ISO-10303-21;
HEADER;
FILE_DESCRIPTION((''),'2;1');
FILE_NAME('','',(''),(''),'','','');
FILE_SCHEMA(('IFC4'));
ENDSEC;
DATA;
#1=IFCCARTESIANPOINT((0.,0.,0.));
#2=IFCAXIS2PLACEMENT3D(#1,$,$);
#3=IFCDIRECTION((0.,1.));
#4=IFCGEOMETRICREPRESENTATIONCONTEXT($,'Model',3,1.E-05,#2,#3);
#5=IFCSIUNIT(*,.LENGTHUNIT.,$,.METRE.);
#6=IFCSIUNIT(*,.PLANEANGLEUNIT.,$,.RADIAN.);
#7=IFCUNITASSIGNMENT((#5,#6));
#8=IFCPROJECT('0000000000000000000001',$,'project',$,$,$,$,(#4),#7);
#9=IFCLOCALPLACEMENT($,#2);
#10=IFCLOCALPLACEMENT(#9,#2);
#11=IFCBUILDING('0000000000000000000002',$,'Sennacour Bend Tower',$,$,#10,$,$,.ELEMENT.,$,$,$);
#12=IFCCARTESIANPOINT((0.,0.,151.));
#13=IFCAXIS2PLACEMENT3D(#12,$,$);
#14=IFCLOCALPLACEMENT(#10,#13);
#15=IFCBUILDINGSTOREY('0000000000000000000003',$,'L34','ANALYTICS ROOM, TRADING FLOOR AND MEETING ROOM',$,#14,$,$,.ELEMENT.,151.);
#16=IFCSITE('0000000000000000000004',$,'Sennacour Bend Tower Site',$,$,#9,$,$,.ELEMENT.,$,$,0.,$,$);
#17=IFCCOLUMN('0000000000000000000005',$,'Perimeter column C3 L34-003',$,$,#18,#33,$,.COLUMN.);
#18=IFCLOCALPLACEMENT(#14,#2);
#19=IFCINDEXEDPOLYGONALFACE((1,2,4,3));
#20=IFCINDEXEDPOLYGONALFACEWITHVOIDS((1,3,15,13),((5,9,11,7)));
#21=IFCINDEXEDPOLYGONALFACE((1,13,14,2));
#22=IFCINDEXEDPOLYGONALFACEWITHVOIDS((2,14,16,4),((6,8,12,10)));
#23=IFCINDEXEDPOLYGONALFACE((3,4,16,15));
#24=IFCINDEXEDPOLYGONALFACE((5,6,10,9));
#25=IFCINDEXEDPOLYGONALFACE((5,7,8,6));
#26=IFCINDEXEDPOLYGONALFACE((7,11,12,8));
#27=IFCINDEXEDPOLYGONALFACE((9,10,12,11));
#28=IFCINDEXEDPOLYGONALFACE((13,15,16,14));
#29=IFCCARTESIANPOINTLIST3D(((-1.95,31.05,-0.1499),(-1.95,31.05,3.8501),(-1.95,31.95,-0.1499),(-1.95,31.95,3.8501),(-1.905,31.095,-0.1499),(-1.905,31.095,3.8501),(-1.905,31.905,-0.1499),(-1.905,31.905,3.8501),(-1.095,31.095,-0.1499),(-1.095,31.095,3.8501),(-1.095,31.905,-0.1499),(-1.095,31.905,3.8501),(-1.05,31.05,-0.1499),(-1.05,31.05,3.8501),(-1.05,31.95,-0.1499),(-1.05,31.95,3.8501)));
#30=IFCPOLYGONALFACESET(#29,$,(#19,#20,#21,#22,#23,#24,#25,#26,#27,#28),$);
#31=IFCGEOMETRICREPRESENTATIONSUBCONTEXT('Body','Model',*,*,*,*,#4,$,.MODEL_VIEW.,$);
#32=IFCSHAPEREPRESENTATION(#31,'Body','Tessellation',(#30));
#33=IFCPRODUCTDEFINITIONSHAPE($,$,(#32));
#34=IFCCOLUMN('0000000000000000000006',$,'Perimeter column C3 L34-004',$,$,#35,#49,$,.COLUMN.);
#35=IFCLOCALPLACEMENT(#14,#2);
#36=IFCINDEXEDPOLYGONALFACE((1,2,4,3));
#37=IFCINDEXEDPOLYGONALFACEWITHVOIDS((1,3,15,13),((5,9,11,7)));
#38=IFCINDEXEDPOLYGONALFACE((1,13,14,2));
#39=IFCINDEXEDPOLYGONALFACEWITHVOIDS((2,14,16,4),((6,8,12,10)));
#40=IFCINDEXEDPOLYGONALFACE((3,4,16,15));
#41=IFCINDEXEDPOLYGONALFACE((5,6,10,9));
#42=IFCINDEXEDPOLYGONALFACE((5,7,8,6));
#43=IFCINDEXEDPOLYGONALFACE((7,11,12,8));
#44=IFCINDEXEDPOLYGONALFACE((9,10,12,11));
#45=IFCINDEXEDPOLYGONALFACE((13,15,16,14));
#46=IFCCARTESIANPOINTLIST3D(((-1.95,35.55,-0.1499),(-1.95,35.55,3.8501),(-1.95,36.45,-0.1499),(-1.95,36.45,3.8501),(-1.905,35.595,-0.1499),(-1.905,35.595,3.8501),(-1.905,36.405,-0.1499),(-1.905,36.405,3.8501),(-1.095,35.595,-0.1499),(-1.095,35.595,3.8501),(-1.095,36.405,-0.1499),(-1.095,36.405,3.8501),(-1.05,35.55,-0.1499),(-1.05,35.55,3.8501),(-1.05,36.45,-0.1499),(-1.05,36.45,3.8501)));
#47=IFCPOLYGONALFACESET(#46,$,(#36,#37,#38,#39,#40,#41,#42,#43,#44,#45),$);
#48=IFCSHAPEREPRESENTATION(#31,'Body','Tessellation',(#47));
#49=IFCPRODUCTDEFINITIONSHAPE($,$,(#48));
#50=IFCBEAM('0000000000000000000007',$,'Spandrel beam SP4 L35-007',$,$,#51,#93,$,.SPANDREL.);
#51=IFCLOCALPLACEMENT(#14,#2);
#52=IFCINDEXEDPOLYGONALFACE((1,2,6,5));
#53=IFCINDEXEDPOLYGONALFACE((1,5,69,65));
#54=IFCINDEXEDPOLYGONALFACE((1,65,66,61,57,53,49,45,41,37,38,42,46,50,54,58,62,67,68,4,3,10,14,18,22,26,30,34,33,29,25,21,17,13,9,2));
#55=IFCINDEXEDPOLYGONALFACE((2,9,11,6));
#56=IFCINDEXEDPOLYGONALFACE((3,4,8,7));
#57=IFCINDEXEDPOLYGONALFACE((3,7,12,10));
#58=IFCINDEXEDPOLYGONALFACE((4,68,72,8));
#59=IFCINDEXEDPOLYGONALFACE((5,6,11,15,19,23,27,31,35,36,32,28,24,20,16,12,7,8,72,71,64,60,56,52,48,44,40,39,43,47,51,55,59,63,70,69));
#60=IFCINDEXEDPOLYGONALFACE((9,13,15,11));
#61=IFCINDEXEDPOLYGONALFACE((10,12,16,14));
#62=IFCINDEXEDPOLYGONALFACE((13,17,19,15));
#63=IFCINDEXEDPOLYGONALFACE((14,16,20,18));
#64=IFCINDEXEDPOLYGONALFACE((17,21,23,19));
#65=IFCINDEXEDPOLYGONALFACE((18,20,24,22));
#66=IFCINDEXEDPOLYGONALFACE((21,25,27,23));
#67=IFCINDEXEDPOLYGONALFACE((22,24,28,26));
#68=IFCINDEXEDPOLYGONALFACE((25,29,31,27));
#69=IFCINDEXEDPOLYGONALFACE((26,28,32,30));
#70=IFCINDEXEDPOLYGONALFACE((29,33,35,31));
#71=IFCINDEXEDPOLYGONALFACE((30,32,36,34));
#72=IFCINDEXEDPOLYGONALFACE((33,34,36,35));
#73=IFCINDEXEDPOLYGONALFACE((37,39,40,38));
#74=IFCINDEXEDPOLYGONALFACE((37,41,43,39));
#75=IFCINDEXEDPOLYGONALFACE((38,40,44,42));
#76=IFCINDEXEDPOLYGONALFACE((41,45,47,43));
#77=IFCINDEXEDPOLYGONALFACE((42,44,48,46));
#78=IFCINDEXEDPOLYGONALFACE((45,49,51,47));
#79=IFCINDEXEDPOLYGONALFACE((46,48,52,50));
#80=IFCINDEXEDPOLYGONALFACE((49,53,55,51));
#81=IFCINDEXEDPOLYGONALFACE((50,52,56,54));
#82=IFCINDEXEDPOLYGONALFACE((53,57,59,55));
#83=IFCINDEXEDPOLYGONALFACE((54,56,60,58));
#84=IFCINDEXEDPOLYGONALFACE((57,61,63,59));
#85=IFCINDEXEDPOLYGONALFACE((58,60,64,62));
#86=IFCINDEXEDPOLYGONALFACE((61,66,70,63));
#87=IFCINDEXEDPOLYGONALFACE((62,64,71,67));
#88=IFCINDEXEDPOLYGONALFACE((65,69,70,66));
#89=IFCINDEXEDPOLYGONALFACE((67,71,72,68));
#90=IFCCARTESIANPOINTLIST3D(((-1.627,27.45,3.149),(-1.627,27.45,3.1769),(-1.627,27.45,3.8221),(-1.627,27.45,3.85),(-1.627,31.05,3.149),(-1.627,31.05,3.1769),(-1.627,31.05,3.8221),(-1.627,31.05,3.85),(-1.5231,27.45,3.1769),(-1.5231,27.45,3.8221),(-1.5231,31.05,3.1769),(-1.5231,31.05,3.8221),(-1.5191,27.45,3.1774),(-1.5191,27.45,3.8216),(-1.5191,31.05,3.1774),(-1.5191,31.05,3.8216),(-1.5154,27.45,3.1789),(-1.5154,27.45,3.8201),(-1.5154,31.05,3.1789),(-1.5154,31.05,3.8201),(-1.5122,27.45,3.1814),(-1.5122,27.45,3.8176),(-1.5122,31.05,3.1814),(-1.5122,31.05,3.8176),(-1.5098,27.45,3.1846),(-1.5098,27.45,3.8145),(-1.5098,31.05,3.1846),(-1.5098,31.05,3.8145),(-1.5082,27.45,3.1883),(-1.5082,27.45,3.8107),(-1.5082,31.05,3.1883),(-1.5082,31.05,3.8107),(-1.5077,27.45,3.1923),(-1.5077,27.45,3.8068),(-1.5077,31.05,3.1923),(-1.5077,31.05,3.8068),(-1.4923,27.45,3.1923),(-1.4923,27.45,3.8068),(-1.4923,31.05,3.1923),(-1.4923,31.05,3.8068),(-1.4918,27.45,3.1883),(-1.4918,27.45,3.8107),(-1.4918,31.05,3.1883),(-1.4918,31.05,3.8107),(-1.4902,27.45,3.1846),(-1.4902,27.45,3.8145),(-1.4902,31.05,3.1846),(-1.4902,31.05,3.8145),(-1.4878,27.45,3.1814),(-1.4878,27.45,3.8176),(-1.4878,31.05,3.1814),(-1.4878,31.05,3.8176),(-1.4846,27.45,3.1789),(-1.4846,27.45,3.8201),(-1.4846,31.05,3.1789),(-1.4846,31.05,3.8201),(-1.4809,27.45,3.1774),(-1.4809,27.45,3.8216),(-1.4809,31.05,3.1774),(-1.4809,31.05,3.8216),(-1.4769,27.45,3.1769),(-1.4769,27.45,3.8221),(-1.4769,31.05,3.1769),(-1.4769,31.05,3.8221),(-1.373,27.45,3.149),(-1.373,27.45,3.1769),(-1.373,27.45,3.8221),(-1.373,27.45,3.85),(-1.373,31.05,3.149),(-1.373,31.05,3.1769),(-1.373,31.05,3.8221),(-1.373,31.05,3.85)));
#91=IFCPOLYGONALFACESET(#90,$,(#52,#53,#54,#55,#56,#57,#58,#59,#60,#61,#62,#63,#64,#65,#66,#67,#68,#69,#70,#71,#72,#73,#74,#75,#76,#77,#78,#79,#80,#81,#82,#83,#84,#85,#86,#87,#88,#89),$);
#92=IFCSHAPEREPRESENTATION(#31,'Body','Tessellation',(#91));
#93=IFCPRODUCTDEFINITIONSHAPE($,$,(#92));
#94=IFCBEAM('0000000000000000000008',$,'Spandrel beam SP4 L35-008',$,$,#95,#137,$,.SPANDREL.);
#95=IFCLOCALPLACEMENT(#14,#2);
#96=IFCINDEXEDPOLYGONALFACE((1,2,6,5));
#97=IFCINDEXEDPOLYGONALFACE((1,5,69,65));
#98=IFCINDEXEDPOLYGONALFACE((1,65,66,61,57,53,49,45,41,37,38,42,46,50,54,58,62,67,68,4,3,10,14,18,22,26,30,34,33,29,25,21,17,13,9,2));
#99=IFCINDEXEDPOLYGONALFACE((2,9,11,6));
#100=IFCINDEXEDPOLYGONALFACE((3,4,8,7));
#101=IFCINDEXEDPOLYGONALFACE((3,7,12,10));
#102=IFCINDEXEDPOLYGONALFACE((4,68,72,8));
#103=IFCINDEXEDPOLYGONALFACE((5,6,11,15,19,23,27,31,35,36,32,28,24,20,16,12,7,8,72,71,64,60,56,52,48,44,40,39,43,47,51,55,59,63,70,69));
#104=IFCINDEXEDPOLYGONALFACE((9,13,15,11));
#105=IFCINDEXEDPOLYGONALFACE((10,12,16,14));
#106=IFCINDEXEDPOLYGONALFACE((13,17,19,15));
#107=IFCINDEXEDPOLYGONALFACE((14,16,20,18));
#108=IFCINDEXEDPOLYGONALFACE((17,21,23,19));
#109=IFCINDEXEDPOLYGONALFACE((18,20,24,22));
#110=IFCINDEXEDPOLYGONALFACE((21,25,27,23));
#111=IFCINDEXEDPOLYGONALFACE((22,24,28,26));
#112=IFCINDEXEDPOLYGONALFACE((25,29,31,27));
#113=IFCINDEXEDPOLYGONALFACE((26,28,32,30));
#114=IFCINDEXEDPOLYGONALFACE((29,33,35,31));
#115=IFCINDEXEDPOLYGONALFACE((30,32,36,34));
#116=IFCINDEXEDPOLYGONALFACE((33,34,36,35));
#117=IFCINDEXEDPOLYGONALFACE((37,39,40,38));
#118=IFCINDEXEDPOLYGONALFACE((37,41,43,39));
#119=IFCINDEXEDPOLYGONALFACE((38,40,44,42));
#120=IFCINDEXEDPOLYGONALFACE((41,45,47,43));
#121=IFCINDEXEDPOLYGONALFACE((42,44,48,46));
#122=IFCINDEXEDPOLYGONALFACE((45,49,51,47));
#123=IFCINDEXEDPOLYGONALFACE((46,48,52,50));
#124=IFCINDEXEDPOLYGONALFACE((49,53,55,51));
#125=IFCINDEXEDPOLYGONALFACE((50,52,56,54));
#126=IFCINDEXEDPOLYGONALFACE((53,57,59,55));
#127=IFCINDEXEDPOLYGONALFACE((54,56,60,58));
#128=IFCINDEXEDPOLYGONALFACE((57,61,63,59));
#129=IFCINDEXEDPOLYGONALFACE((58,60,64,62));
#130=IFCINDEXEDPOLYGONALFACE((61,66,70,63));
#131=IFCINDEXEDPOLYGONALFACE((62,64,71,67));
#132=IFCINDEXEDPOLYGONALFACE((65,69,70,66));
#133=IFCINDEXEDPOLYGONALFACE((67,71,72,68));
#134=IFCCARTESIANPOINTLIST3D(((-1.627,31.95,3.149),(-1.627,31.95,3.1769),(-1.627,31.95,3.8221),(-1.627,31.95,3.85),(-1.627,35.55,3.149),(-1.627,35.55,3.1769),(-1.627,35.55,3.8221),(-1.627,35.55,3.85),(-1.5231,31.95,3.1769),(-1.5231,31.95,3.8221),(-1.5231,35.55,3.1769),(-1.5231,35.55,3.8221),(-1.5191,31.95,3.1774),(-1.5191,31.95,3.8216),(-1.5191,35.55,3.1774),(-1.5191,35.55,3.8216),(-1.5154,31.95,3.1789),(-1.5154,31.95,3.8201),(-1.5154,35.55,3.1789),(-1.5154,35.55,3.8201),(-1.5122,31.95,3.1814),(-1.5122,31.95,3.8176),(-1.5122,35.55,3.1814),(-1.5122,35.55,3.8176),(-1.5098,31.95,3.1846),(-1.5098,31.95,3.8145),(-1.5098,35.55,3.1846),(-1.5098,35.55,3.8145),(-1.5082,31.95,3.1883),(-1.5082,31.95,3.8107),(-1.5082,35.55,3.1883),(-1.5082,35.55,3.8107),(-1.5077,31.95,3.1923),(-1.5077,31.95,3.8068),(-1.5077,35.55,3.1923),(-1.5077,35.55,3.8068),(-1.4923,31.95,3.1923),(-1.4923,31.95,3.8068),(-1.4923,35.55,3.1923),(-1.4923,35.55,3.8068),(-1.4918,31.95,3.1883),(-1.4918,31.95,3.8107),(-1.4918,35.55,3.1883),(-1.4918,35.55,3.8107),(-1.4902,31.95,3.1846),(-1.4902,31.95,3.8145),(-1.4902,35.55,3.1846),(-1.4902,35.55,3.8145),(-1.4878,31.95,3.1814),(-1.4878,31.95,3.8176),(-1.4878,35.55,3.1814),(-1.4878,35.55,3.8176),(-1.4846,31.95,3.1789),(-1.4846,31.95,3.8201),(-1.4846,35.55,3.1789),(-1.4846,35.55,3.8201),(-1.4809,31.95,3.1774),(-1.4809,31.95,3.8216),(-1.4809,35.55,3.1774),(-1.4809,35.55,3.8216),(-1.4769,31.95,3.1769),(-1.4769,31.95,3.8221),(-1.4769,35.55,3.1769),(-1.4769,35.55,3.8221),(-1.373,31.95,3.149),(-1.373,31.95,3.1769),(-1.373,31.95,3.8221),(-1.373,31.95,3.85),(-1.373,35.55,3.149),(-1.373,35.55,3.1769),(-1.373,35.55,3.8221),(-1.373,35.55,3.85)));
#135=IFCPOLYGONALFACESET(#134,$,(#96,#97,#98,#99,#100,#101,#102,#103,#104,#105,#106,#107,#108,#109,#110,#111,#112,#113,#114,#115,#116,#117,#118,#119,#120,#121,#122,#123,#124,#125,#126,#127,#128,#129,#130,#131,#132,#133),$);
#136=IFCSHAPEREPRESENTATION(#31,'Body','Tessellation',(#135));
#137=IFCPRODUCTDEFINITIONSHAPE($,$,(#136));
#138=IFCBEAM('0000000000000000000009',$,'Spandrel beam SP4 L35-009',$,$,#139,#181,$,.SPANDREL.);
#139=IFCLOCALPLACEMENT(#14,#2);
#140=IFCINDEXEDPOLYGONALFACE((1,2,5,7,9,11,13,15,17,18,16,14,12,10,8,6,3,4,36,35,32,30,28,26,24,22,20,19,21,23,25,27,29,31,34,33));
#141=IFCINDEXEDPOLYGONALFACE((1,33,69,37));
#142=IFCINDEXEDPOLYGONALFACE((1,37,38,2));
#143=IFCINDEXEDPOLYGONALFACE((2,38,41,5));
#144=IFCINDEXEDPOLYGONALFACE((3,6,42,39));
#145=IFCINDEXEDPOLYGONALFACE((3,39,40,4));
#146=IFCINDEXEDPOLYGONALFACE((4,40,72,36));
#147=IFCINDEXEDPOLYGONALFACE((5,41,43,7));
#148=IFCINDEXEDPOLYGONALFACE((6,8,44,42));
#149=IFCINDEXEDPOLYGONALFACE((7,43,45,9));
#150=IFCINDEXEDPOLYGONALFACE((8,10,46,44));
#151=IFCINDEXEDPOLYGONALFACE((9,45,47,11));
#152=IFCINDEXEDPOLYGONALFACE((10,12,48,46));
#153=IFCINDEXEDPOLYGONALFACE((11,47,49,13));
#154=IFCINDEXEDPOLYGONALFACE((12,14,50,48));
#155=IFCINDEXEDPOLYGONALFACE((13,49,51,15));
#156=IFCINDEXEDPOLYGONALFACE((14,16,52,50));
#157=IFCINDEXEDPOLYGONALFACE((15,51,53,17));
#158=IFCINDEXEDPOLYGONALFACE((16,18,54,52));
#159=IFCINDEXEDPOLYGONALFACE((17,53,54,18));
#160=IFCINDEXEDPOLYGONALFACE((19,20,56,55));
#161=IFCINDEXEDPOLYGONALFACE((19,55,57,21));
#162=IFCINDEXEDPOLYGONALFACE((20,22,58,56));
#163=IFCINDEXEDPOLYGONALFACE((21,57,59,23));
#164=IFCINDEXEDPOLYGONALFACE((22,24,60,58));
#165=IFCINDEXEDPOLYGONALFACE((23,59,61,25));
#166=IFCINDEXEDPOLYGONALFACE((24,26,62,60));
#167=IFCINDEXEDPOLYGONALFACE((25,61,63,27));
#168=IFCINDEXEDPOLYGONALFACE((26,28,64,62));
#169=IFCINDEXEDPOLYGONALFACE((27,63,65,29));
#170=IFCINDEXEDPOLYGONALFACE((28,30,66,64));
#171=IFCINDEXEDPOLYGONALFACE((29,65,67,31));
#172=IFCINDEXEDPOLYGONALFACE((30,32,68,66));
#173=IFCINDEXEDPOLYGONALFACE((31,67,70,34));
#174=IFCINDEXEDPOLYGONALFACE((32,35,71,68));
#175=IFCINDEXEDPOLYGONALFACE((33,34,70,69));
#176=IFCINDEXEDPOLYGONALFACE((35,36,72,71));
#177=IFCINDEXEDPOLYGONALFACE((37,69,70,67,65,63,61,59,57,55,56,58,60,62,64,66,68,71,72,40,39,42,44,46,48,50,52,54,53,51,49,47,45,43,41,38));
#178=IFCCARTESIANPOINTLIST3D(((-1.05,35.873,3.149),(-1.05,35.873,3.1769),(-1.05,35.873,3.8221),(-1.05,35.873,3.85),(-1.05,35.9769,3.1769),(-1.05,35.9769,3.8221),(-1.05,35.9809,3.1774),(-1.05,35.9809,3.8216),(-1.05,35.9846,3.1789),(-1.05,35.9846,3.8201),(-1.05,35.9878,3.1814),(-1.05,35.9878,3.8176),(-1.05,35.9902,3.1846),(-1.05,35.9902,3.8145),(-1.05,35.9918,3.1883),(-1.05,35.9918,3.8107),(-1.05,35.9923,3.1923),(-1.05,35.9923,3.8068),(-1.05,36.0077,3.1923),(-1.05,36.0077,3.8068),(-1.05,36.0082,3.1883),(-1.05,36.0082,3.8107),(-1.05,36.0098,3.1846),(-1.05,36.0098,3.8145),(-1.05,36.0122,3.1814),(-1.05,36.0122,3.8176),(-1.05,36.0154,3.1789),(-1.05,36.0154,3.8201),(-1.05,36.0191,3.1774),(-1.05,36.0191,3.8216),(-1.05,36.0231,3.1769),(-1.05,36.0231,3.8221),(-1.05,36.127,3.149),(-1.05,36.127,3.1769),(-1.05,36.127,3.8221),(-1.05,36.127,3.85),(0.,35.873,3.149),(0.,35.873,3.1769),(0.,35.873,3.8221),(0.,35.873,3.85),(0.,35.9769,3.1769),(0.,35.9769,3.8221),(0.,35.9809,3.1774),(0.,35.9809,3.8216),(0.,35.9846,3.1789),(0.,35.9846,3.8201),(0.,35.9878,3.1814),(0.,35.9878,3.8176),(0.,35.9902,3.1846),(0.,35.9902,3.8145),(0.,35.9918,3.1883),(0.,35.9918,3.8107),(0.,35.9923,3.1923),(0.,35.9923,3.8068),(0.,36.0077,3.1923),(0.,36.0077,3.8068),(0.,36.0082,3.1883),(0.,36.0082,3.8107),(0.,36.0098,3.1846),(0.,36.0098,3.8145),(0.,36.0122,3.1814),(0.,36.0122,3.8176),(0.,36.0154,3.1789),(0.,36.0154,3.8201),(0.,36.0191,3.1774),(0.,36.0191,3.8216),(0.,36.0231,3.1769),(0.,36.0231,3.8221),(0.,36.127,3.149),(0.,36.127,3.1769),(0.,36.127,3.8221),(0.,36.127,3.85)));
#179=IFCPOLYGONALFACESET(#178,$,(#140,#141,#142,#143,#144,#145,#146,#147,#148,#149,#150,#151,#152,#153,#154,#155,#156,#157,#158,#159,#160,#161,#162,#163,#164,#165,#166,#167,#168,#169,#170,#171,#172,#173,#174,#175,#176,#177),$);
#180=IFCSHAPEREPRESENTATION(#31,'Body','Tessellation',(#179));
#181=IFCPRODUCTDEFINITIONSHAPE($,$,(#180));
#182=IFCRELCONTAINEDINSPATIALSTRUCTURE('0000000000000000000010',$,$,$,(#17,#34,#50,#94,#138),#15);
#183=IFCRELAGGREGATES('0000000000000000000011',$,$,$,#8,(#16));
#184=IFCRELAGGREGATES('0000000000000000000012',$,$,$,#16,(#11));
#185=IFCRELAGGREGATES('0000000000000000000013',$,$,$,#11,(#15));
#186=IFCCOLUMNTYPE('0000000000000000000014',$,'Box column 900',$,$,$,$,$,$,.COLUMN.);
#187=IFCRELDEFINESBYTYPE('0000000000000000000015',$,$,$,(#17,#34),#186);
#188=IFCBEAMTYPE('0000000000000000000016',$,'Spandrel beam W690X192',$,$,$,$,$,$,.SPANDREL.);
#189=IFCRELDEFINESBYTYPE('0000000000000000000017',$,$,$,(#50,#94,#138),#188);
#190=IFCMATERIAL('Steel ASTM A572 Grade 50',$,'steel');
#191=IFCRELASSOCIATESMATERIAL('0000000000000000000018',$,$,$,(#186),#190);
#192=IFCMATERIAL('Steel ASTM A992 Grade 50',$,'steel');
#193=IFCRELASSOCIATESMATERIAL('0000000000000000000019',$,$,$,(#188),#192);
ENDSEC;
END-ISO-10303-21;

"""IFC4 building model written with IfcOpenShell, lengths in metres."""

from ifc_helpers import new_model, si_unit, direction, frame, origin, origin_2d, place, context, subcontext, project, spatial, hollow_rectangle, i_section, extrude, material, material_profile, profile_set, type_object, element, save


model = new_model("IFC4")

# Units and contexts
model_context = context("Model", 3, precision=1e-05, world=origin(), true_north=direction((0.0, 1.0)))
body_context = subcontext(model_context, "Body", "Model", "MODEL_VIEW")
ifc_project = project(units=[si_unit("LENGTHUNIT", "METRE"), si_unit("PLANEANGLEUNIT", "RADIAN")], contexts=[model_context])

# Site, building, storey
site_placement = place(None, origin())
site = spatial("IfcSite", under=ifc_project, at=site_placement, Name="Sennacour Bend Tower Site", CompositionType="ELEMENT", RefElevation=0.0)
building_placement = place(site_placement, origin())
building = spatial("IfcBuilding", under=site, at=building_placement, Name="Sennacour Bend Tower", CompositionType="ELEMENT")
storey_placement = place(building_placement, frame((0.0, 0.0, 151.0)))
storey = spatial("IfcBuildingStorey", under=building, at=storey_placement, Name="L34", Description="ANALYTICS ROOM, TRADING FLOOR AND MEETING ROOM", CompositionType="ELEMENT", Elevation=151.0)

# Columns
ifc_material_1 = material(Name="Steel ASTM A572 Grade 50", Category="steel")
ifc_material_profile_1 = material_profile(ifc_material_1, hollow_rectangle(XDim=0.8999, YDim=0.8999, WallThickness=0.0449, at=origin_2d()), Name="Steel ASTM A572 Grade 50", Category="steel")
ifc_profile_set_1 = profile_set([ifc_material_profile_1], Name="Steel ASTM A572 Grade 50")
column_type = type_object("IfcColumnType", Name="Box column 900", PredefinedType="COLUMN", material=ifc_profile_set_1)
for number, where, z_axis, x_axis, name in (
    (1, (-1.5, 31.5, -0.1499), (0.0, 0.0, 1.0), (1.0, 0.0, 0.0), "Perimeter column C3 L34-003"),
    (2, (-1.5, 36.0, -0.1499), (0.0, 0.0, 1.0), (1.0, 0.0, 0.0), "Perimeter column C3 L34-004"),
):
    element("IfcColumn", number, at=place(storey_placement, frame(where, z_axis=z_axis, x_axis=x_axis)), inside=storey, type_object=column_type, Name=name, PredefinedType="COLUMN", context=body_context, shape_type="SweptSolid", body=[
        extrude(hollow_rectangle(XDim=0.8999, YDim=0.8999, WallThickness=0.0449, at=origin_2d()), origin(), (0.0, 0.0, 1.0), 4.0),
    ])

# Beams
ifc_material_2 = material(Name="Steel ASTM A992 Grade 50", Category="steel")
ifc_material_profile_2 = material_profile(ifc_material_2, i_section(OverallWidth=0.2539, OverallDepth=0.7009, WebThickness=0.0154, FlangeThickness=0.0278, FilletRadius=0.0154, at=origin_2d()), Name="Steel ASTM A992 Grade 50", Category="steel")
ifc_profile_set_2 = profile_set([ifc_material_profile_2], Name="Steel ASTM A992 Grade 50")
beam_type = type_object("IfcBeamType", Name="Spandrel beam W690X192", PredefinedType="SPANDREL", material=ifc_profile_set_2)
for number, where, z_axis, x_axis, name in (
    (3, (-1.5, 27.45, 3.4995), (0.0, 1.0, 0.0), (-1.0, 0.0, 0.0), "Spandrel beam SP4 L35-007"),
    (4, (-1.5, 31.95, 3.4995), (0.0, 1.0, 0.0), (-1.0, 0.0, 0.0), "Spandrel beam SP4 L35-008"),
):
    element("IfcBeam", number, at=place(storey_placement, frame(where, z_axis=z_axis, x_axis=x_axis)), inside=storey, type_object=beam_type, Name=name, PredefinedType="SPANDREL", context=body_context, shape_type="SweptSolid", body=[
        extrude(i_section(OverallWidth=0.2539, OverallDepth=0.7009, WebThickness=0.0154, FlangeThickness=0.0278, FilletRadius=0.0154, at=origin_2d()), origin(), (0.0, 0.0, 1.0), 3.6001),
    ])
beam_placement = place(storey_placement, frame((-1.05, 36.0, 3.4995), z_axis=(1.0, 0.0, 0.0), x_axis=(0.0, 1.0, 0.0)))
element("IfcBeam", 5, at=beam_placement, inside=storey, type_object=beam_type, Name="Spandrel beam SP4 L35-009", PredefinedType="SPANDREL", context=body_context, shape_type="SweptSolid", body=[
    extrude(i_section(OverallWidth=0.2539, OverallDepth=0.7009, WebThickness=0.0154, FlangeThickness=0.0278, FilletRadius=0.0154, at=origin_2d()), origin(), (0.0, 0.0, 1.0), 1.05),
])

save(model, "model.ifc")
